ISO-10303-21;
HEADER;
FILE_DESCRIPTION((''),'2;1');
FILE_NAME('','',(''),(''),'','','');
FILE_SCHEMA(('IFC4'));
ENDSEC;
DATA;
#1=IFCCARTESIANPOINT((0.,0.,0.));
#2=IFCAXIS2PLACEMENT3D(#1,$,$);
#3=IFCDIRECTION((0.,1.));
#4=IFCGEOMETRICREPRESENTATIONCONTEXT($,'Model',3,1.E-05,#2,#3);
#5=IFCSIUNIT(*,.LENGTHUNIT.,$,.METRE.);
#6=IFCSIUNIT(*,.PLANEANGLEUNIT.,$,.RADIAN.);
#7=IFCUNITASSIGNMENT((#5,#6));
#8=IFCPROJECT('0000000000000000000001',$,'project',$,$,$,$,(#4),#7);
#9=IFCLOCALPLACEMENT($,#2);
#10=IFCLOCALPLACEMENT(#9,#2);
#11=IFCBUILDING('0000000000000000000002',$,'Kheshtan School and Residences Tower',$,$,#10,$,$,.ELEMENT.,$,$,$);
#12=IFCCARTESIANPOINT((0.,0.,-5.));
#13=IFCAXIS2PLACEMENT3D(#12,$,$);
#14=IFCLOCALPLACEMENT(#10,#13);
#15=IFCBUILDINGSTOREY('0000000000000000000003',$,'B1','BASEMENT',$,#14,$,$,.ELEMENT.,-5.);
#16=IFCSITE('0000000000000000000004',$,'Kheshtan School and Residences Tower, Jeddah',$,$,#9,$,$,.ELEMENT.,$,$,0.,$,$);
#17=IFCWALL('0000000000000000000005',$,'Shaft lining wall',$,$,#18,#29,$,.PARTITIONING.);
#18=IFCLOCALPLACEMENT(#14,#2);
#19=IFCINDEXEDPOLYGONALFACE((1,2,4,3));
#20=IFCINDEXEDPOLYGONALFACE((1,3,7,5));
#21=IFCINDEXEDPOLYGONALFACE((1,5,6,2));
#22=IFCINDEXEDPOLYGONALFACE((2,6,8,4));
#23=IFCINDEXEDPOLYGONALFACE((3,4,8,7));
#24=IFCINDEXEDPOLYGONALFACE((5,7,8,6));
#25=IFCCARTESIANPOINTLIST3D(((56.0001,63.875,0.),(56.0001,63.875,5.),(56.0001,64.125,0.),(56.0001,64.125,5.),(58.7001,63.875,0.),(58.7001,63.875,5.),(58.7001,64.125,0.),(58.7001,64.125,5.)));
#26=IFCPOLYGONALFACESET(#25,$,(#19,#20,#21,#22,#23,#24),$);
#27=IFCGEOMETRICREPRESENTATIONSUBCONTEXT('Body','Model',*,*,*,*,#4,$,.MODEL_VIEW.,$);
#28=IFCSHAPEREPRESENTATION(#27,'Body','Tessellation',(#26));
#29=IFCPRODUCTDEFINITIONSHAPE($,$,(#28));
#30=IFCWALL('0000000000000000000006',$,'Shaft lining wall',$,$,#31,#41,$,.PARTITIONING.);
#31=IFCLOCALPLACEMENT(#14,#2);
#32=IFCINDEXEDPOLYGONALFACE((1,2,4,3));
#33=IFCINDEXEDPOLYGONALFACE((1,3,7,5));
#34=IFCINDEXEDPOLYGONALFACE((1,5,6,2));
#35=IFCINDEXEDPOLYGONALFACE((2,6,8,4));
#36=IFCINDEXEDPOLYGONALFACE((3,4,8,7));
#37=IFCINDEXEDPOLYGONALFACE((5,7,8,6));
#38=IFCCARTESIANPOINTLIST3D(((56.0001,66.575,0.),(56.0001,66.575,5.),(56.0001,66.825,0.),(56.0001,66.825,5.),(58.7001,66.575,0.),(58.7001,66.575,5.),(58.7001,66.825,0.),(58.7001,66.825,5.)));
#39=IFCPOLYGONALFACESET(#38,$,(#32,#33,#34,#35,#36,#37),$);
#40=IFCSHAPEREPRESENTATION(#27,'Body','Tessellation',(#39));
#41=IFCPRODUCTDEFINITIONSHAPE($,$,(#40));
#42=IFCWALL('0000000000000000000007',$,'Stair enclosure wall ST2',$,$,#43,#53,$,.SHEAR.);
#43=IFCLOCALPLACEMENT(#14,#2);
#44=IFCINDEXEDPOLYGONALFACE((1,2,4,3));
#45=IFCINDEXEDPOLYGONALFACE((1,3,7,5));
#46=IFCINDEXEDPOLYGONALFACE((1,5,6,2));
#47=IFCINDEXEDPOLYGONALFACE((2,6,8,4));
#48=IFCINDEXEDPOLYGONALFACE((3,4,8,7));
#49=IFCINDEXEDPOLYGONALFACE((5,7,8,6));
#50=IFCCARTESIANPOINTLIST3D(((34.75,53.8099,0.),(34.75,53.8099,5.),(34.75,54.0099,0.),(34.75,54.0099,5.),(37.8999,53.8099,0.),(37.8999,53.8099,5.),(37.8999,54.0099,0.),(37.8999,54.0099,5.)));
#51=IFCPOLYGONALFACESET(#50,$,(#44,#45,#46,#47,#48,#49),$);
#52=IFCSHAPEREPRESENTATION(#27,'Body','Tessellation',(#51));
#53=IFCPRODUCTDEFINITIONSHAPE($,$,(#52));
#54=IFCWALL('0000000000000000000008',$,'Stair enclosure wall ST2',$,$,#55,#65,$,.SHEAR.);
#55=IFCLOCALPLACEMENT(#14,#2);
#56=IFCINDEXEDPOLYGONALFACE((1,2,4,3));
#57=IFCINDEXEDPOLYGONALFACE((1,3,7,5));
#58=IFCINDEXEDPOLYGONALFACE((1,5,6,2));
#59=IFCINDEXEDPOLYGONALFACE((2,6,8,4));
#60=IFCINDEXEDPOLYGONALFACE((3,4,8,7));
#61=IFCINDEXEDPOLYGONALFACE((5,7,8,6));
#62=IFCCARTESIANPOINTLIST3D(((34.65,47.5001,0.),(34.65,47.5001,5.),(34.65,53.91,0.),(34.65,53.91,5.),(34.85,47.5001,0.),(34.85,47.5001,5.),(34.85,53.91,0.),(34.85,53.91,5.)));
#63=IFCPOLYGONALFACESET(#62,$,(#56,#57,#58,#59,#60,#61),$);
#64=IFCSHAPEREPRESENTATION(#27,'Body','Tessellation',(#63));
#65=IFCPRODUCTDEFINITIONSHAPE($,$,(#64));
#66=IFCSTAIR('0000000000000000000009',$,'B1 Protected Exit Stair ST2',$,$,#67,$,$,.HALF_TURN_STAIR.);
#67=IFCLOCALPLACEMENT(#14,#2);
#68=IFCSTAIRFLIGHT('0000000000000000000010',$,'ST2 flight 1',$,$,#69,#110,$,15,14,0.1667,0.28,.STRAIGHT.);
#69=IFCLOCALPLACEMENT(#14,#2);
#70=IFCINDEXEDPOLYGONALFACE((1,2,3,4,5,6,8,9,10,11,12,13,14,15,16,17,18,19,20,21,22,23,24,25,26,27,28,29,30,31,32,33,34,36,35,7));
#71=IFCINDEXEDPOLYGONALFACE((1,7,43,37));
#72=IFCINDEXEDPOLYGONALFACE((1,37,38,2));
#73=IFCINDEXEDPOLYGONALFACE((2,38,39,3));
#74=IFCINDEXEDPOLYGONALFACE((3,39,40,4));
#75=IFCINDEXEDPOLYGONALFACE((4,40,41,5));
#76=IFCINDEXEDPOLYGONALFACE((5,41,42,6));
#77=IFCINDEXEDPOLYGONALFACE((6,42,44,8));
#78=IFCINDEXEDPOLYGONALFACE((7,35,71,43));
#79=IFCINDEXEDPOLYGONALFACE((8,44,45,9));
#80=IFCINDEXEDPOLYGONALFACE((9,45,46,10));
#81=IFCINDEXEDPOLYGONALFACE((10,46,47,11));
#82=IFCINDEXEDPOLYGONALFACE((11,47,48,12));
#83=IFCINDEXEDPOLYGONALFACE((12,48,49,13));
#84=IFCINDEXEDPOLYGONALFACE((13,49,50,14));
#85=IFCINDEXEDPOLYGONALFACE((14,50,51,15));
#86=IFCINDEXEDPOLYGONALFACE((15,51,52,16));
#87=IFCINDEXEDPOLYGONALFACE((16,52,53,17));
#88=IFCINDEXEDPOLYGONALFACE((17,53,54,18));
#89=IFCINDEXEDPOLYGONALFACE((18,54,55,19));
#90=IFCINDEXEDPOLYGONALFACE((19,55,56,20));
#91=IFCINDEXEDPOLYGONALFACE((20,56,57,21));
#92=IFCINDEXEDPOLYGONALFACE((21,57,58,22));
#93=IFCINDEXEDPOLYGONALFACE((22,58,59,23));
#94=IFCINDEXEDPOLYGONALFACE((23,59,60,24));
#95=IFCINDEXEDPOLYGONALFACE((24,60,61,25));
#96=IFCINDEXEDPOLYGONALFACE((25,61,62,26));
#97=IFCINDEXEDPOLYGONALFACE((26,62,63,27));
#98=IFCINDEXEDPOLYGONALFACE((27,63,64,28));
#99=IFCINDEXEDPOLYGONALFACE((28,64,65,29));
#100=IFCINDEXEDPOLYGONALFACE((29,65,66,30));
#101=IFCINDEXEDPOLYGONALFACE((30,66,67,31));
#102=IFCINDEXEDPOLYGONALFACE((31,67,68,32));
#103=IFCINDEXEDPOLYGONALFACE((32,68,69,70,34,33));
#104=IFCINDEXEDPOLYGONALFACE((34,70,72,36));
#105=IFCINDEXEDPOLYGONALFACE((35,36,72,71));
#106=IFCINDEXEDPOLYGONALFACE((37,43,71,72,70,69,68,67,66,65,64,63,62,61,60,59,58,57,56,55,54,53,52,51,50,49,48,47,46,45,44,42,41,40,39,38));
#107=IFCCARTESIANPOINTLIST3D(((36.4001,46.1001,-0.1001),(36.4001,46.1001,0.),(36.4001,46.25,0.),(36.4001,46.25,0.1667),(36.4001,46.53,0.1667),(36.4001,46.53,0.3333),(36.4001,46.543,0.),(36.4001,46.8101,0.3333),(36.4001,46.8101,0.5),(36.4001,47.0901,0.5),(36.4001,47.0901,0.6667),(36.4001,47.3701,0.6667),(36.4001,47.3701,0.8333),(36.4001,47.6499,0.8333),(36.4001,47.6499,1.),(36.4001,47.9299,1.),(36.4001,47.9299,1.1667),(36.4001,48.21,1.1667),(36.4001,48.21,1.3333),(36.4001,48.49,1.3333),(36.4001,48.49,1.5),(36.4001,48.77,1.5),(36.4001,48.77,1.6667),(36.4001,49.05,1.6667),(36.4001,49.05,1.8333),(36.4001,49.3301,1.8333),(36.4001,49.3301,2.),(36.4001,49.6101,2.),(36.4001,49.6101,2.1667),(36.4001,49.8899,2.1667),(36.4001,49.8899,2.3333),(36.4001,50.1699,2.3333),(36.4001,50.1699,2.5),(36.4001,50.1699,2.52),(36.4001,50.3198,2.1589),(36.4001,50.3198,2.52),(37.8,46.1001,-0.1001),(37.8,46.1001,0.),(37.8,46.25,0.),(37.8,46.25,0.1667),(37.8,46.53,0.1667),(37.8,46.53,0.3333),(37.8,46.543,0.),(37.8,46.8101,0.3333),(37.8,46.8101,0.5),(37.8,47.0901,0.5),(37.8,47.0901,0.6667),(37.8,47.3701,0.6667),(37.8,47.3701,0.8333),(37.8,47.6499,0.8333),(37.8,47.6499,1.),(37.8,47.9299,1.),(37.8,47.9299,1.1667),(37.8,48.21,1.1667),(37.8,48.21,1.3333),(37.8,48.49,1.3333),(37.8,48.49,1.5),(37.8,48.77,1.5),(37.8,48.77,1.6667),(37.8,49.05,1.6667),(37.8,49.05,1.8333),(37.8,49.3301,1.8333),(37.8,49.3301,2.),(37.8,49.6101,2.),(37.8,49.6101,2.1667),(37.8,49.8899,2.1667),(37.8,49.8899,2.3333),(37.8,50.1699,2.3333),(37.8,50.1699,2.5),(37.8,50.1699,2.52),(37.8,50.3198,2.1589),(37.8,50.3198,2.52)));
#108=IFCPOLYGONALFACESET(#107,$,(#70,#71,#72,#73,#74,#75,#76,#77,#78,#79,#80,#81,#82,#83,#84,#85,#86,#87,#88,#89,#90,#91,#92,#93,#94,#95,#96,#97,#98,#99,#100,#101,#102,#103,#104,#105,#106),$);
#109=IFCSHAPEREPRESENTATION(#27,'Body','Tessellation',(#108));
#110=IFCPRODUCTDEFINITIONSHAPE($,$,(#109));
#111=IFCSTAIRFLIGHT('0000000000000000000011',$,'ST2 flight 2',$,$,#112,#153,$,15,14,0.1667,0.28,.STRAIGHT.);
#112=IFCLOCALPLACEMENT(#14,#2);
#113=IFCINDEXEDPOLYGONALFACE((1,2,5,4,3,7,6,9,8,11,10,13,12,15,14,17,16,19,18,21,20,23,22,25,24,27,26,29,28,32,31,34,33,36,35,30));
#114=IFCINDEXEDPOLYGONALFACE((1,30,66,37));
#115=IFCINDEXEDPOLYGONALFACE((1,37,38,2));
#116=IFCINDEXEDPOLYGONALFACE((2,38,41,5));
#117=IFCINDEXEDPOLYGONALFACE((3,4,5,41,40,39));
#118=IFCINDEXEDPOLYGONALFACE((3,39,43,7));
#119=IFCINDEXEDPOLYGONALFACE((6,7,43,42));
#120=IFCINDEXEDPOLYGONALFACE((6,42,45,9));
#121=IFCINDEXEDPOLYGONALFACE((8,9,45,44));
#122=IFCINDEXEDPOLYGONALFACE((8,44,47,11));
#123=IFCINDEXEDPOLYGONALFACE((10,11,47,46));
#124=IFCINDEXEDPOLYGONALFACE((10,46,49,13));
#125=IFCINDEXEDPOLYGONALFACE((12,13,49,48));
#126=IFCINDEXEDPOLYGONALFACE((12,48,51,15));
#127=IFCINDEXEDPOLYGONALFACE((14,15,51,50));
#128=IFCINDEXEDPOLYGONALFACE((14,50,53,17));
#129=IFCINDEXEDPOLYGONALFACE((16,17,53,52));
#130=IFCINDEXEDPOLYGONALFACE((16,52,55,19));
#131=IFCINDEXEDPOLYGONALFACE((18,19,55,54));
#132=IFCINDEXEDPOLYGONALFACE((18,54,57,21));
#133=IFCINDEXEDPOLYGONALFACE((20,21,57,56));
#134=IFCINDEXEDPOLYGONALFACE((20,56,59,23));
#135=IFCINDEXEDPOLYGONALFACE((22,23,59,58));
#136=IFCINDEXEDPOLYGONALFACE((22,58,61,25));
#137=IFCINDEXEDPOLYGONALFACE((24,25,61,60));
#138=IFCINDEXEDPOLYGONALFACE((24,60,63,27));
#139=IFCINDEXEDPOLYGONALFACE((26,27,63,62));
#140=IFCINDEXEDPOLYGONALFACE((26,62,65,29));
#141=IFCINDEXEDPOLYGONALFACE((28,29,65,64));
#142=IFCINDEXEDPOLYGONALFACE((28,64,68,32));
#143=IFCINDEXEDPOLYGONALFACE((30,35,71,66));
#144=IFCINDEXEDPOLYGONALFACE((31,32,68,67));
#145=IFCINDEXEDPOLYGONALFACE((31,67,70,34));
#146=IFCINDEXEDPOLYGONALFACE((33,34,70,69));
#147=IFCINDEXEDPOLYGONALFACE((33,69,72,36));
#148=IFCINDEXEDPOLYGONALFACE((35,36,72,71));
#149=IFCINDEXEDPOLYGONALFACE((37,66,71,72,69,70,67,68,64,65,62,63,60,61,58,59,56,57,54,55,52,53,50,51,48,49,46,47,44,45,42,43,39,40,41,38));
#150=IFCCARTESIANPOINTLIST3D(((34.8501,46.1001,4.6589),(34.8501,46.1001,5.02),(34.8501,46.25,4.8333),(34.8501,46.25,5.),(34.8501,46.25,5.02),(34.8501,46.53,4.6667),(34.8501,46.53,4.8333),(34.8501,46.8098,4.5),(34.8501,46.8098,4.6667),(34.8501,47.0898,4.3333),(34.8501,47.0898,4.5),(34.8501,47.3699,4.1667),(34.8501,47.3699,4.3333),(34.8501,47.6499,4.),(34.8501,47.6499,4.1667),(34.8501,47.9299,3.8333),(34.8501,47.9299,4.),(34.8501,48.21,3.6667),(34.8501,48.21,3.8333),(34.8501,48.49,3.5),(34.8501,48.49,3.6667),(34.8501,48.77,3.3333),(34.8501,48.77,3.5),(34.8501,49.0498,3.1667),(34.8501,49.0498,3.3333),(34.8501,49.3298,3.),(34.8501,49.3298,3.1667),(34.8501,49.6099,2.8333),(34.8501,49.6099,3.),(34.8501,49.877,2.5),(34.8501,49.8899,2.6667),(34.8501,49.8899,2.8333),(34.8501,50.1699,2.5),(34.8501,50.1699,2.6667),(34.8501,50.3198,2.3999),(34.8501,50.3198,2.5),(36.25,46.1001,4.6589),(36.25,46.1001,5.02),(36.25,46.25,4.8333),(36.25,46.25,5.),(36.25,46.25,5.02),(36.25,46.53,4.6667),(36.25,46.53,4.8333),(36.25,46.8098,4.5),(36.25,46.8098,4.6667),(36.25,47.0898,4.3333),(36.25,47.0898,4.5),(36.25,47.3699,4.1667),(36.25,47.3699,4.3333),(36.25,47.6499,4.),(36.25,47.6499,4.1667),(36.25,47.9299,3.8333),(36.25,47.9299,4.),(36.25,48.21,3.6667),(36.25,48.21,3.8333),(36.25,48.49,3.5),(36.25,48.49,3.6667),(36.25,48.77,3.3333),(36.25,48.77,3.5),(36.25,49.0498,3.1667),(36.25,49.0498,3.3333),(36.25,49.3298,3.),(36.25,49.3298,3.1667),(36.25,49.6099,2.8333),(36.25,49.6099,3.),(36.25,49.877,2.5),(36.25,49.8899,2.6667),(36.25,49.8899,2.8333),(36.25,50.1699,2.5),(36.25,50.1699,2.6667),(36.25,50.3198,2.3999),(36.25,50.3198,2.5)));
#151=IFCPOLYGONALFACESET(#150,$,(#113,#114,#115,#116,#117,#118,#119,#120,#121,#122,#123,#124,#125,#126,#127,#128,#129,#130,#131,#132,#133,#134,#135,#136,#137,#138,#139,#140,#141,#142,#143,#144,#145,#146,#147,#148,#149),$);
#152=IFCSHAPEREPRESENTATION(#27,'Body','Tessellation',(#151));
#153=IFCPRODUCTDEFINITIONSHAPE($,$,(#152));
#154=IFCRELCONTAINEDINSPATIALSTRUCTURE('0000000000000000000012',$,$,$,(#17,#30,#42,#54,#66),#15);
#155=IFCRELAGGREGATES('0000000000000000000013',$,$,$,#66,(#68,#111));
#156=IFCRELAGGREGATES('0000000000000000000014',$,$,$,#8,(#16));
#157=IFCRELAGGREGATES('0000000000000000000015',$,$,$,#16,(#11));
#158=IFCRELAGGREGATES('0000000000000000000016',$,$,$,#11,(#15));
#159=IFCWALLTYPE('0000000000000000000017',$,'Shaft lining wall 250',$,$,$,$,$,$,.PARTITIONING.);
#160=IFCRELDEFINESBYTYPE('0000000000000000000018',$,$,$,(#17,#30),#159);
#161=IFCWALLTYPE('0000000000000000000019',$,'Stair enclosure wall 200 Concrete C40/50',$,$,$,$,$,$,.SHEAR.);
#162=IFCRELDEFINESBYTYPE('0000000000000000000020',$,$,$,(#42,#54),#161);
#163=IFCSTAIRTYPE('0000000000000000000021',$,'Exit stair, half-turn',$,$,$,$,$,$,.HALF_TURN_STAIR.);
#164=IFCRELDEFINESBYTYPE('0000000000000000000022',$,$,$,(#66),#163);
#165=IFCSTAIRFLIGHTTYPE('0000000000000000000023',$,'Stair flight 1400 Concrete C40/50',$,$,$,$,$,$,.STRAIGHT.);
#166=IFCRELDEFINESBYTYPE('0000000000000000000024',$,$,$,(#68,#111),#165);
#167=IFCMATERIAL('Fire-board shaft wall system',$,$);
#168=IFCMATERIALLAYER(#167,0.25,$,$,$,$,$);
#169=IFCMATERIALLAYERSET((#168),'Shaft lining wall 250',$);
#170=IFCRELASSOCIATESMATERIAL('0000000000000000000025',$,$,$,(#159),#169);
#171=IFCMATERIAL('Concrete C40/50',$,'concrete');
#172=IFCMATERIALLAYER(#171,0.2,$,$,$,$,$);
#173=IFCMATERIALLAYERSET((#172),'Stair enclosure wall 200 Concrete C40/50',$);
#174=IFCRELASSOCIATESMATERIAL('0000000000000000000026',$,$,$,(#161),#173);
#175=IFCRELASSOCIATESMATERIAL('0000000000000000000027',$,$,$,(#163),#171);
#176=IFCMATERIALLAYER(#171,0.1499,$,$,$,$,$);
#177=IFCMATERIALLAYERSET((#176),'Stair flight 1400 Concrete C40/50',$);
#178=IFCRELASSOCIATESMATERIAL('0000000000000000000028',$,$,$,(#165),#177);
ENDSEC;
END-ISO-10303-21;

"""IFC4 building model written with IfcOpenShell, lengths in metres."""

from ifc_helpers import new_model, si_unit, direction, frame, frame_2d, origin, place, context, subcontext, project, spatial, polyline, rectangle, outline, extrude, material, layer, layer_set, type_object, element, aggregate, save


model = new_model("IFC4")

# Units and contexts
model_context = context("Model", 3, precision=1e-05, world=origin(), true_north=direction((0.0, 1.0)))
body_context = subcontext(model_context, "Body", "Model", "MODEL_VIEW")
ifc_project = project(units=[si_unit("LENGTHUNIT", "METRE"), si_unit("PLANEANGLEUNIT", "RADIAN")], contexts=[model_context])

# Site, building, storey
site_placement = place(None, origin())
site = spatial("IfcSite", under=ifc_project, at=site_placement, Name="Kheshtan School and Residences Tower, Jeddah", CompositionType="ELEMENT", RefElevation=0.0)
building_placement = place(site_placement, origin())
building = spatial("IfcBuilding", under=site, at=building_placement, Name="Kheshtan School and Residences Tower", CompositionType="ELEMENT")
storey_placement = place(building_placement, frame((0.0, 0.0, -5.0)))
storey = spatial("IfcBuildingStorey", under=building, at=storey_placement, Name="B1", Description="BASEMENT", CompositionType="ELEMENT", Elevation=-5.0)

# Walls
ifc_material_1 = material(Name="Fire-board shaft wall system")
ifc_layer_1 = layer(ifc_material_1, 0.25)
ifc_layer_set_1 = layer_set([ifc_layer_1], Name="Shaft lining wall 250")
wall_type_1 = type_object("IfcWallType", Name="Shaft lining wall 250", PredefinedType="PARTITIONING", material=ifc_layer_set_1)
for number, where, z_axis, x_axis, name in (
    (1, (56.0, 64.0, 0.0), (0.0, 0.0, 1.0), (1.0, 0.0, 0.0), "Shaft lining wall"),
    (2, (56.0, 66.7, 0.0), (0.0, 0.0, 1.0), (1.0, 0.0, 0.0), "Shaft lining wall"),
):
    element("IfcWall", number, at=place(storey_placement, frame(where, z_axis=z_axis, x_axis=x_axis)), inside=storey, type_object=wall_type_1, Name=name, PredefinedType="PARTITIONING", context=body_context, shape_type="SweptSolid", body=[
        extrude(rectangle(XDim=2.7, YDim=0.25, at=frame_2d((1.3501, 0.0))), origin(), (0.0, 0.0, 1.0), 5.0),
    ])
ifc_material_2 = material(Name="Concrete C40/50", Category="concrete")
ifc_layer_2 = layer(ifc_material_2, 0.2)
ifc_layer_set_2 = layer_set([ifc_layer_2], Name="Stair enclosure wall 200 Concrete C40/50")
wall_type_2 = type_object("IfcWallType", Name="Stair enclosure wall 200 Concrete C40/50", PredefinedType="SHEAR", material=ifc_layer_set_2)
wall_1_placement = place(storey_placement, frame((34.75, 53.9099, 0.0), z_axis=(0.0, 0.0, 1.0), x_axis=(1.0, 0.0, 0.0)))
element("IfcWall", 3, at=wall_1_placement, inside=storey, type_object=wall_type_2, Name="Stair enclosure wall ST2", PredefinedType="SHEAR", context=body_context, shape_type="SweptSolid", body=[
    extrude(rectangle(XDim=3.1499, YDim=0.2, at=frame_2d((1.575, 0.0))), origin(), (0.0, 0.0, 1.0), 5.0),
])
wall_2_placement = place(storey_placement, frame((34.75, 47.5, 0.0), z_axis=(0.0, 0.0, 1.0), x_axis=(0.0, 1.0, 0.0)))
element("IfcWall", 4, at=wall_2_placement, inside=storey, type_object=wall_type_2, Name="Stair enclosure wall ST2", PredefinedType="SHEAR", context=body_context, shape_type="SweptSolid", body=[
    extrude(rectangle(XDim=6.4099, YDim=0.2, at=frame_2d((3.2051, 0.0))), origin(), (0.0, 0.0, 1.0), 5.0),
])

# Stair, stair flights
stair_type = type_object("IfcStairType", Name="Exit stair, half-turn", PredefinedType="HALF_TURN_STAIR", material=ifc_material_2)
stair_placement = place(storey_placement, origin())
stair = element("IfcStair", 5, at=stair_placement, inside=storey, type_object=stair_type, Name="B1 Protected Exit Stair ST2", PredefinedType="HALF_TURN_STAIR")
ifc_layer_3 = layer(ifc_material_2, 0.1499)
ifc_layer_set_3 = layer_set([ifc_layer_3], Name="Stair flight 1400 Concrete C40/50")
stair_flight_type = type_object("IfcStairFlightType", Name="Stair flight 1400 Concrete C40/50", PredefinedType="STRAIGHT", material=ifc_layer_set_3)
stair_flight_1_placement = place(storey_placement, frame((37.1001, 46.25, 0.0), z_axis=(0.0, 0.0, 1.0), x_axis=(0.0, 1.0, 0.0)))
stair_flight_1 = element("IfcStairFlight", 6, at=stair_flight_1_placement, type_object=stair_flight_type, Name="ST2 flight 1", NumberOfRisers=15, NumberOfTreads=14, PredefinedType="STRAIGHT", RiserHeight=0.1667, TreadLength=0.28, context=body_context, shape_type="SweptSolid", body=[
    extrude(outline(polyline([(-0.1499, -0.1001), (-0.1499, 0.0), (0.0, 0.0), (0.0, 0.1667), (0.28, 0.1667), (0.28, 0.3333), (0.5601, 0.3333), (0.5601, 0.5), (0.8401, 0.5), (0.8401, 0.6667), (1.1201, 0.6667), (1.1201, 0.8333), (1.3999, 0.8333), (1.3999, 1.0), (1.6799, 1.0), (1.6799, 1.1667), (1.96, 1.1667), (1.96, 1.3333), (2.24, 1.3333), (2.24, 1.5), (2.52, 1.5), (2.52, 1.6667), (2.8, 1.6667), (2.8, 1.8333), (3.0801, 1.8333), (3.0801, 2.0), (3.3601, 2.0), (3.3601, 2.1667), (3.6399, 2.1667), (3.6399, 2.3333), (3.9199, 2.3333), (3.9199, 2.5), (3.9199, 2.52), (4.0698, 2.52), (4.0698, 2.1589), (0.293, 0.0), (-0.1499, -0.1001)])), frame((0.0, 0.7, 0.0), z_axis=(0.0, -1.0, 0.0), x_axis=(1.0, 0.0, 0.0)), (0.0, 0.0, 1.0), 1.3999),
])
stair_flight_2_placement = place(storey_placement, frame((35.55, 50.1699, 2.5), z_axis=(0.0, 0.0, 1.0), x_axis=(0.0, -1.0, 0.0)))
stair_flight_2 = element("IfcStairFlight", 7, at=stair_flight_2_placement, type_object=stair_flight_type, Name="ST2 flight 2", NumberOfRisers=15, NumberOfTreads=14, PredefinedType="STRAIGHT", RiserHeight=0.1667, TreadLength=0.28, context=body_context, shape_type="SweptSolid", body=[
    extrude(outline(polyline([(-0.1499, -0.1001), (-0.1499, 0.0), (0.0, 0.0), (0.0, 0.1667), (0.28, 0.1667), (0.28, 0.3333), (0.5601, 0.3333), (0.5601, 0.5), (0.8401, 0.5), (0.8401, 0.6667), (1.1201, 0.6667), (1.1201, 0.8333), (1.3999, 0.8333), (1.3999, 1.0), (1.6799, 1.0), (1.6799, 1.1667), (1.96, 1.1667), (1.96, 1.3333), (2.24, 1.3333), (2.24, 1.5), (2.52, 1.5), (2.52, 1.6667), (2.8, 1.6667), (2.8, 1.8333), (3.0801, 1.8333), (3.0801, 2.0), (3.3601, 2.0), (3.3601, 2.1667), (3.6399, 2.1667), (3.6399, 2.3333), (3.9199, 2.3333), (3.9199, 2.5), (3.9199, 2.52), (4.0698, 2.52), (4.0698, 2.1589), (0.293, 0.0), (-0.1499, -0.1001)])), frame((0.0, 0.7, 0.0), z_axis=(0.0, -1.0, 0.0), x_axis=(1.0, 0.0, 0.0)), (0.0, 0.0, 1.0), 1.3999),
])
aggregate(stair, [stair_flight_1, stair_flight_2])

save(model, "model.ifc")
